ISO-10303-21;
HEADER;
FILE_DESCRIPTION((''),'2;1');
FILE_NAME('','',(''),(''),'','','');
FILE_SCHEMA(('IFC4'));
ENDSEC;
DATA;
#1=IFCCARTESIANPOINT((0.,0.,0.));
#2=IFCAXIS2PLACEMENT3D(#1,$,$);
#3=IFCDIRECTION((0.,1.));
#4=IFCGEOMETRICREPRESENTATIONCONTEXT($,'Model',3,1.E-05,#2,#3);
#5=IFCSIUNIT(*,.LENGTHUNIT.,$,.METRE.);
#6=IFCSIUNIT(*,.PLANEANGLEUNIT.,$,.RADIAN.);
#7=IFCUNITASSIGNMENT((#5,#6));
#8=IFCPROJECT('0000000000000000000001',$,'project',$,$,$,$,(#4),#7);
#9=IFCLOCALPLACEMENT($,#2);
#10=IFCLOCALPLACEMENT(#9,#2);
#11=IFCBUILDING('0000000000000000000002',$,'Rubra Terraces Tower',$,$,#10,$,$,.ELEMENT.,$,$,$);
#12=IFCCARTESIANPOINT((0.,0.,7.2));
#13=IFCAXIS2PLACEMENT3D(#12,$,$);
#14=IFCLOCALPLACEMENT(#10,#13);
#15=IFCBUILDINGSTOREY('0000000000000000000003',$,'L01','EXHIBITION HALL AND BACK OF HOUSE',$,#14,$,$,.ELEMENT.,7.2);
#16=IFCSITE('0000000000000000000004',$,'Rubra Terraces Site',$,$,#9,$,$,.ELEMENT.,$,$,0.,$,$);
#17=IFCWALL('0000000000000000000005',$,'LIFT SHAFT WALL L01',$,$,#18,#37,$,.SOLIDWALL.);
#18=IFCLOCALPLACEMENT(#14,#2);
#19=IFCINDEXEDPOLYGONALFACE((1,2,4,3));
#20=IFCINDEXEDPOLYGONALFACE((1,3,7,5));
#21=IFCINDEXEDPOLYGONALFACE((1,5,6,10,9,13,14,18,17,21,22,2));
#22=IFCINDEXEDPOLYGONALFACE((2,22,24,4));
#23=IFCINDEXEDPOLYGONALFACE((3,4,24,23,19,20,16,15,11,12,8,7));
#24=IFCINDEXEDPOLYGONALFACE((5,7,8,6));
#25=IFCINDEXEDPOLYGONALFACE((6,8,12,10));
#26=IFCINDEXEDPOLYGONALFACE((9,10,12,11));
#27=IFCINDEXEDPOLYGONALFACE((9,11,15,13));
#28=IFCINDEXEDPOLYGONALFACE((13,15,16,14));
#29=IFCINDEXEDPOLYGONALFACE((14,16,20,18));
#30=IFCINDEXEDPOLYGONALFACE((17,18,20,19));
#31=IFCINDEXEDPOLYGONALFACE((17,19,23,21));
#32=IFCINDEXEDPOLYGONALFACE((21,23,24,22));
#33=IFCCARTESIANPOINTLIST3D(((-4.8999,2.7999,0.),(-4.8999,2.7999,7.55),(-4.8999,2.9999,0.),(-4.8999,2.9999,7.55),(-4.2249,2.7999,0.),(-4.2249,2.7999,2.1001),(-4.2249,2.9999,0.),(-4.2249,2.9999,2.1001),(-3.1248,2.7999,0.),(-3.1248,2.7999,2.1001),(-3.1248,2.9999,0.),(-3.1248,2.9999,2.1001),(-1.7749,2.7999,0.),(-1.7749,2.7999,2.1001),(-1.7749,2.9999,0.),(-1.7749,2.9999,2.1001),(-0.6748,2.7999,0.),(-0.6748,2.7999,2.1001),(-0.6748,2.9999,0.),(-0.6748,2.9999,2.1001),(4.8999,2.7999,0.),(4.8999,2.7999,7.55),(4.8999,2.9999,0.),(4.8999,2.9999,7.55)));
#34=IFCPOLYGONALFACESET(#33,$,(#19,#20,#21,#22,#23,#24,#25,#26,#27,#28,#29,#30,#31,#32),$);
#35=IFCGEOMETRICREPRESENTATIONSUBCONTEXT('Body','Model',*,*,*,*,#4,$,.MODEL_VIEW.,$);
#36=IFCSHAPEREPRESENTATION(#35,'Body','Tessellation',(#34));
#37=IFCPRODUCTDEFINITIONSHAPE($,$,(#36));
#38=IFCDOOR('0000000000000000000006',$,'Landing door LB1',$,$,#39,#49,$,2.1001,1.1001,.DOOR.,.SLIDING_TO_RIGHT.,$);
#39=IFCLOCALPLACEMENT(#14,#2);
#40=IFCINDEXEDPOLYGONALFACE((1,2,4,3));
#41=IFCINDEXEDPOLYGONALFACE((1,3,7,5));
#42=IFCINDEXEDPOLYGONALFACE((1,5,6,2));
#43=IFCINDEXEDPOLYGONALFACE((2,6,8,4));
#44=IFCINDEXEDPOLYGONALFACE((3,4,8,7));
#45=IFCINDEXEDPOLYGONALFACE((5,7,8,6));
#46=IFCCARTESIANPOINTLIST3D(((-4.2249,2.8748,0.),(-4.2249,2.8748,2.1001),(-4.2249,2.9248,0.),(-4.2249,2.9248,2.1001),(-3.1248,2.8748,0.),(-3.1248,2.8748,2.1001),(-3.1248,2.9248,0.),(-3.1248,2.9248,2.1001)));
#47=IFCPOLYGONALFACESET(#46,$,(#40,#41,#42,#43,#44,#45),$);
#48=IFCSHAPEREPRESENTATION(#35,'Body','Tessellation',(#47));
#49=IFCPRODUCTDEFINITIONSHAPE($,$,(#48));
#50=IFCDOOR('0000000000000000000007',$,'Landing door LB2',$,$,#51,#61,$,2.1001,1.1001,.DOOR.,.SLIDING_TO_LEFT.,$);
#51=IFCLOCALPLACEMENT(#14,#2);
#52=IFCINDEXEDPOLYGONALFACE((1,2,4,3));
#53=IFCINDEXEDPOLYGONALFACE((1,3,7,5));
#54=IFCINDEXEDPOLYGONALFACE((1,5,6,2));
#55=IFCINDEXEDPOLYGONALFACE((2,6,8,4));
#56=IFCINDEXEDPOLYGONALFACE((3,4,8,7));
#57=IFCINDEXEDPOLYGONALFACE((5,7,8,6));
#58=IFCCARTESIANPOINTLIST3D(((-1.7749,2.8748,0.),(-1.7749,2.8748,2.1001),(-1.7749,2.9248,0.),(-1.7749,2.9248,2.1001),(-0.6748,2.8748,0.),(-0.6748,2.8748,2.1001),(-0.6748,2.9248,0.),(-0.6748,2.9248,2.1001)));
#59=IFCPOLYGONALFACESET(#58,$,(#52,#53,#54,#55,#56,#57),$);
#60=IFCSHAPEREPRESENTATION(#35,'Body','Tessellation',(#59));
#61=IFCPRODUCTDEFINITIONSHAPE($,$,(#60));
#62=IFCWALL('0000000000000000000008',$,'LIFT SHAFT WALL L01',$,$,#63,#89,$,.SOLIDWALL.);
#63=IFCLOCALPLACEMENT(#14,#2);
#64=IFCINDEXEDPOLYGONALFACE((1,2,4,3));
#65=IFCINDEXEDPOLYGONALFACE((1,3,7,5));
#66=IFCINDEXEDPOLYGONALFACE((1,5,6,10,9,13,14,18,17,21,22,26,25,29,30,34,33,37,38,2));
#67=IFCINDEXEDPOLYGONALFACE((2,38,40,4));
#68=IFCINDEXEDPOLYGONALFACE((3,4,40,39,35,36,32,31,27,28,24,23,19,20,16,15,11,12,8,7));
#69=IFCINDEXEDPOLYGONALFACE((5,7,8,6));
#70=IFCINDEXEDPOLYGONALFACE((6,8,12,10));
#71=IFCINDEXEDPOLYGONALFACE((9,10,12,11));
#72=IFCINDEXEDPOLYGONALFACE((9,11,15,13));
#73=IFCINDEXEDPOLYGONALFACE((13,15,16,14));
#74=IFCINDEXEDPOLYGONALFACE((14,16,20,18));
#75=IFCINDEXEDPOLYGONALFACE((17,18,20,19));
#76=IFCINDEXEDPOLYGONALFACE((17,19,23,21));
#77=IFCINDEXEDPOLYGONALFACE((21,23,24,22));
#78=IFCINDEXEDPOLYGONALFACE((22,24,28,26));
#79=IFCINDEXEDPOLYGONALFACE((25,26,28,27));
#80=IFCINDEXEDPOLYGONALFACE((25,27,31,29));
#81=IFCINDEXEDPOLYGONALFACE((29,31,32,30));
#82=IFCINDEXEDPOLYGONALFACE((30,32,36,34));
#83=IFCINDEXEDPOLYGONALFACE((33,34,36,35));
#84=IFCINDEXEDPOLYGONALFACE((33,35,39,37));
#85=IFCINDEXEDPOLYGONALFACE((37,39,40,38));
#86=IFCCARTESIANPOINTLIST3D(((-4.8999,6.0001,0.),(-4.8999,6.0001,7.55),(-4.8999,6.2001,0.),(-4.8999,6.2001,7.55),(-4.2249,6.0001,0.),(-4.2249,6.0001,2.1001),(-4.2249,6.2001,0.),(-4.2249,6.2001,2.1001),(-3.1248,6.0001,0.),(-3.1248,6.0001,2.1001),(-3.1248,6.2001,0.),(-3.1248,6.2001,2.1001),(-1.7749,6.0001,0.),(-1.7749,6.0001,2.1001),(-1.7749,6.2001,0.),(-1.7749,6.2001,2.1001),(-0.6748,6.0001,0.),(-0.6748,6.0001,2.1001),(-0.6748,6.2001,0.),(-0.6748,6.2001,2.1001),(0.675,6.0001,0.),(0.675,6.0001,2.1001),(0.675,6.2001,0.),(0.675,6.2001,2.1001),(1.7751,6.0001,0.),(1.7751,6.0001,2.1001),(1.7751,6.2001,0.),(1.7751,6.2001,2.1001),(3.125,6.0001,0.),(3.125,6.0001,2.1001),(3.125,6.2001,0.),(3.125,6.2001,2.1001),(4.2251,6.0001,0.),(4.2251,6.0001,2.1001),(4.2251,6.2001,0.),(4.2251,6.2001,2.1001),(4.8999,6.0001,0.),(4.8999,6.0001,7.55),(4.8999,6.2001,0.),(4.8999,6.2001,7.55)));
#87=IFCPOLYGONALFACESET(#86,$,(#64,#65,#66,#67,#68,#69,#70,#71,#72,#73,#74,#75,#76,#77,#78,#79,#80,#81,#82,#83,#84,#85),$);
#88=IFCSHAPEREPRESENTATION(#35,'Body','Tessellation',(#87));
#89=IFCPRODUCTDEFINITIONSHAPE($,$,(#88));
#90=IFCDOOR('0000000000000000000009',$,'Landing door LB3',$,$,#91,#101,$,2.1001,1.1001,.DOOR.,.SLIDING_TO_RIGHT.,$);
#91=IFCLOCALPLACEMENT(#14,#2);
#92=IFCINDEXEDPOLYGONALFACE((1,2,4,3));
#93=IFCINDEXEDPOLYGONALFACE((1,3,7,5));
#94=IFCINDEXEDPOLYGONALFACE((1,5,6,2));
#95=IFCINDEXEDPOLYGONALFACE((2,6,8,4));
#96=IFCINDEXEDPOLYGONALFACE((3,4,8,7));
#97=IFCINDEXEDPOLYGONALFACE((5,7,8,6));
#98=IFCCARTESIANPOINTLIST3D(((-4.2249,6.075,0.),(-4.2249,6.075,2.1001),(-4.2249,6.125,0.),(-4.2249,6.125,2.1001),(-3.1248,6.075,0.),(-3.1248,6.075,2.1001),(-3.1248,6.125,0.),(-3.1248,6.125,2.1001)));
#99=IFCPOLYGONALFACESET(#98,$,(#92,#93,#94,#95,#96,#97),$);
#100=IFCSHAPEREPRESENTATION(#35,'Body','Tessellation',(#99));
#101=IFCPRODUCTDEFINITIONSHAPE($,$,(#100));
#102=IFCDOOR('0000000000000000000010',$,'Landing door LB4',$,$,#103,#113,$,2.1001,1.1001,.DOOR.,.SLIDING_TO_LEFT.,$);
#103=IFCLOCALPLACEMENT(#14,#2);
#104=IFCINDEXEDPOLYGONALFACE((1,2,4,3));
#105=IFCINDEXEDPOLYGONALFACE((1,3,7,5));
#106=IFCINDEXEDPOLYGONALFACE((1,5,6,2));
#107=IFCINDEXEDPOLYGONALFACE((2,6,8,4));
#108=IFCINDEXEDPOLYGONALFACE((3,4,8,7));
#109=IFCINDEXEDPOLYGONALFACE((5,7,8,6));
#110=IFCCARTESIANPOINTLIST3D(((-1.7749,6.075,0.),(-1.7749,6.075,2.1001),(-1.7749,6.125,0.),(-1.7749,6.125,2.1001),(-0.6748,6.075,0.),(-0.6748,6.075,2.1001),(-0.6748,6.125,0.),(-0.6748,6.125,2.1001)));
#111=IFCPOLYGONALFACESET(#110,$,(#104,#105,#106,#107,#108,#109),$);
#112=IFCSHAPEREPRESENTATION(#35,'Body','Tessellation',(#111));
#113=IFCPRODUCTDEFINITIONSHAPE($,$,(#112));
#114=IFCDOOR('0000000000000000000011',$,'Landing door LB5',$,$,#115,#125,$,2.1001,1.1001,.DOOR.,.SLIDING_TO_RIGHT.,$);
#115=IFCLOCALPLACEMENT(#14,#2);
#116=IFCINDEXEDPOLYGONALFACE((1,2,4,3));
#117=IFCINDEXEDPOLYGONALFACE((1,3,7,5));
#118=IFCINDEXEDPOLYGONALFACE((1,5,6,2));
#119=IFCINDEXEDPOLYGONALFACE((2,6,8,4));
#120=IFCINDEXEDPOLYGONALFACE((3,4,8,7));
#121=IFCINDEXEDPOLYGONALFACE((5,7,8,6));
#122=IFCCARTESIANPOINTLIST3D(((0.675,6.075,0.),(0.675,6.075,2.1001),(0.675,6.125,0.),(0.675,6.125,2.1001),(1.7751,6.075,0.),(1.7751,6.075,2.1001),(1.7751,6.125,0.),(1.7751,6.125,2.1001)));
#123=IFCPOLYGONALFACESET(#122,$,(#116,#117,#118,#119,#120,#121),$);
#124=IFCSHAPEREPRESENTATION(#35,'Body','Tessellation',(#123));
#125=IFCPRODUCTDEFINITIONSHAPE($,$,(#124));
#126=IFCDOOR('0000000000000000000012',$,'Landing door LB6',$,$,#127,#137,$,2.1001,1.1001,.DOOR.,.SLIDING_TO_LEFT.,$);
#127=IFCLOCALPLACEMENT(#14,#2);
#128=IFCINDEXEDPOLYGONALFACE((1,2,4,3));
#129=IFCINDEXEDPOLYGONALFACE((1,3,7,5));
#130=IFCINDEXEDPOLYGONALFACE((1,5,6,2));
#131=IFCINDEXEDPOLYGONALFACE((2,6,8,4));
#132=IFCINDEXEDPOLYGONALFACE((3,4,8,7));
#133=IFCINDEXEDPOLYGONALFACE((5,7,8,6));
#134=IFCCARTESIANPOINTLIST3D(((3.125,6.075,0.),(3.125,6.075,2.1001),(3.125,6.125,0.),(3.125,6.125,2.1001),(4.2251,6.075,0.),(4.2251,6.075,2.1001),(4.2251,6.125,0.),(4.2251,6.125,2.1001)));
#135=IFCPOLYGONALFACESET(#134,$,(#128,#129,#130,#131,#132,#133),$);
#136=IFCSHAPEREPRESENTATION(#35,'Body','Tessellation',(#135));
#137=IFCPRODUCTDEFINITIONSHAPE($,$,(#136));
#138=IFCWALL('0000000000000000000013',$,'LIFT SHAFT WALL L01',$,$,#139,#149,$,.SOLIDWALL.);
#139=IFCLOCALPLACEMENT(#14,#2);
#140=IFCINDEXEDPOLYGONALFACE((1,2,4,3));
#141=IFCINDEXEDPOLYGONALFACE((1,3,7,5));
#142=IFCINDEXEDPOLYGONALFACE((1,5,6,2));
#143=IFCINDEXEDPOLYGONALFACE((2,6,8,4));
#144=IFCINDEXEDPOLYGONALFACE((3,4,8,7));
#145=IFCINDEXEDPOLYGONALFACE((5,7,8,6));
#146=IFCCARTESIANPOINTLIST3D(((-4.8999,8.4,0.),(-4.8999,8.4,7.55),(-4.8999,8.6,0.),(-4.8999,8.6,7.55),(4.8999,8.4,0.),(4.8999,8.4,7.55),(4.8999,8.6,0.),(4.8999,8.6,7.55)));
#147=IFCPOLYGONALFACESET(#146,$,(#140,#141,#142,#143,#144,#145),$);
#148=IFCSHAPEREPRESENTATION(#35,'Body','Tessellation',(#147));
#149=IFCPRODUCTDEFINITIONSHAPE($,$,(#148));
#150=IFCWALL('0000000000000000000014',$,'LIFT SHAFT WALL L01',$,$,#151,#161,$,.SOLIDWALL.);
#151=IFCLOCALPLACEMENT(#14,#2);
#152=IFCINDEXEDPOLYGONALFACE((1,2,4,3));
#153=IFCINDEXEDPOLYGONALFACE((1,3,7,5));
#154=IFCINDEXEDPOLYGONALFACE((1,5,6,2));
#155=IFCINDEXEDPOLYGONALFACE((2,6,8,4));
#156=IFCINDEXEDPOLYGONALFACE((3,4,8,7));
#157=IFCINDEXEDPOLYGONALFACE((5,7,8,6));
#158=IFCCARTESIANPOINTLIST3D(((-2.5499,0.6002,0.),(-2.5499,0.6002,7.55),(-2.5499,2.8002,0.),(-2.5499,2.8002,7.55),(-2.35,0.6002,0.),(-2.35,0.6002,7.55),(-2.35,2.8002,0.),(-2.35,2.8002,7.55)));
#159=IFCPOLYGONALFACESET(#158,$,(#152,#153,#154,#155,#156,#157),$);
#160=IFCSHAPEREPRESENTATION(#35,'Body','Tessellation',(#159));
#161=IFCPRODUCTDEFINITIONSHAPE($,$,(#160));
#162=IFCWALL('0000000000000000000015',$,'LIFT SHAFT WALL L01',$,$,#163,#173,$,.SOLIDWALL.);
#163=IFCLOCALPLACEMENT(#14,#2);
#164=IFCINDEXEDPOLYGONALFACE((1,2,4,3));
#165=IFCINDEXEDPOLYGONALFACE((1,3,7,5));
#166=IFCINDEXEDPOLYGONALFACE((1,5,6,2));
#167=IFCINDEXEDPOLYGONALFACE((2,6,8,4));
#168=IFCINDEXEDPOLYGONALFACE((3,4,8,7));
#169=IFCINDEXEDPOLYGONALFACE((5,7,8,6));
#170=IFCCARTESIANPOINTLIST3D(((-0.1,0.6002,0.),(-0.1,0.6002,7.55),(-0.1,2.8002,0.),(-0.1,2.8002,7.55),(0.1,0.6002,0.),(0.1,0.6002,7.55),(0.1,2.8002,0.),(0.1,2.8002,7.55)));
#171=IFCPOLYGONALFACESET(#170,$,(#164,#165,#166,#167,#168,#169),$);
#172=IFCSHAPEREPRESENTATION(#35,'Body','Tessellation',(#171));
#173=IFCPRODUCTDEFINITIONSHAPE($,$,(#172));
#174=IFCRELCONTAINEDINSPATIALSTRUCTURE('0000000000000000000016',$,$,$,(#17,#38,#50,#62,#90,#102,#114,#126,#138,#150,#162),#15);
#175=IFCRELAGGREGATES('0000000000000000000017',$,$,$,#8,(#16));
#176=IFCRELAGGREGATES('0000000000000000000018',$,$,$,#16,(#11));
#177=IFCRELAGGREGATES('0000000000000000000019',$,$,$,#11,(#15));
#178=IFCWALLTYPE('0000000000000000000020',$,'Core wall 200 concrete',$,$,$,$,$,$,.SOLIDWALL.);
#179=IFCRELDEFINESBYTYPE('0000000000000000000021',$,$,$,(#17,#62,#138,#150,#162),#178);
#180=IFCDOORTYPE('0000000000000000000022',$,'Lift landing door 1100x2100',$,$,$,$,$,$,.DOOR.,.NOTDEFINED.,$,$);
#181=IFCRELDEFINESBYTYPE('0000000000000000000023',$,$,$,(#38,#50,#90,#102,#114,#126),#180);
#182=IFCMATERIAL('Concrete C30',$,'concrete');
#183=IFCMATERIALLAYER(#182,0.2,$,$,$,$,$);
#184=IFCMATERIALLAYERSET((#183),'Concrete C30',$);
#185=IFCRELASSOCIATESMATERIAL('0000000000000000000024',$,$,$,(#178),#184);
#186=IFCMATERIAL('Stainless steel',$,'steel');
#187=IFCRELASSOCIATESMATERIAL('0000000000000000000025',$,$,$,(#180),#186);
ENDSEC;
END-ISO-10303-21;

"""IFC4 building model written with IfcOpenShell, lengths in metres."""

from ifc_helpers import new_model, si_unit, direction, frame, frame_2d, origin, place, context, subcontext, project, spatial, rectangle, extrude, material, layer, layer_set, type_object, element, fill, save


model = new_model("IFC4")

# Units and contexts
model_context = context("Model", 3, precision=1e-05, world=origin(), true_north=direction((0.0, 1.0)))
body_context = subcontext(model_context, "Body", "Model", "MODEL_VIEW")
ifc_project = project(units=[si_unit("LENGTHUNIT", "METRE"), si_unit("PLANEANGLEUNIT", "RADIAN")], contexts=[model_context])

# Site, building, storey
site_placement = place(None, origin())
site = spatial("IfcSite", under=ifc_project, at=site_placement, Name="Rubra Terraces Site", CompositionType="ELEMENT", RefElevation=0.0)
building_placement = place(site_placement, origin())
building = spatial("IfcBuilding", under=site, at=building_placement, Name="Rubra Terraces Tower", CompositionType="ELEMENT")
storey_placement = place(building_placement, frame((0.0, 0.0, 7.2)))
storey = spatial("IfcBuildingStorey", under=building, at=storey_placement, Name="L01", Description="EXHIBITION HALL AND BACK OF HOUSE", CompositionType="ELEMENT", Elevation=7.2)

# Shared definitions
ifc_material_1 = material(Name="Concrete C30", Category="concrete")
ifc_layer_1 = layer(ifc_material_1, 0.2)
ifc_layer_set_1 = layer_set([ifc_layer_1], Name="Concrete C30")
wall_type_1 = type_object("IfcWallType", Name="Core wall 200 concrete", PredefinedType="SOLIDWALL", material=ifc_layer_set_1)

# Walls, openings, doors
wall_1_placement = place(storey_placement, frame((-4.8999, 2.8999, 0.0), z_axis=(0.0, 0.0, 1.0), x_axis=(1.0, 0.0, 0.0)))
wall_1 = element("IfcWall", 1, at=wall_1_placement, inside=storey, type_object=wall_type_1, Name="LIFT SHAFT WALL L01", PredefinedType="SOLIDWALL", context=body_context, shape_type="SweptSolid", body=[
    extrude(rectangle(XDim=9.7998, YDim=0.2, at=frame_2d((4.8999, 0.0))), origin(), (0.0, 0.0, 1.0), 7.55),
])
opening_1_placement = place(wall_1_placement, frame((0.675, 0.0, 0.0)))
opening_1 = element("IfcOpeningElement", 2, at=opening_1_placement, cuts=wall_1, PredefinedType="OPENING", context=body_context, shape_type="SweptSolid", body=[
    extrude(rectangle(XDim=1.1001, YDim=2.1001, at=frame_2d((0.55, 1.05))), frame((0.0, 0.1099, 0.0), z_axis=(0.0, -1.0, 0.0), x_axis=(1.0, 0.0, 0.0)), (0.0, 0.0, 1.0), 0.22),
])
opening_2_placement = place(wall_1_placement, frame((3.125, 0.0, 0.0)))
opening_2 = element("IfcOpeningElement", 3, at=opening_2_placement, cuts=wall_1, PredefinedType="OPENING", context=body_context, shape_type="SweptSolid", body=[
    extrude(rectangle(XDim=1.1001, YDim=2.1001, at=frame_2d((0.55, 1.05))), frame((0.0, 0.1099, 0.0), z_axis=(0.0, -1.0, 0.0), x_axis=(1.0, 0.0, 0.0)), (0.0, 0.0, 1.0), 0.22),
])
ifc_material_2 = material(Name="Stainless steel", Category="steel")
door_type = type_object("IfcDoorType", Name="Lift landing door 1100x2100", OperationType="NOTDEFINED", PredefinedType="DOOR", material=ifc_material_2)
door_1_placement = place(opening_1_placement, origin())
door_1 = element("IfcDoor", 4, at=door_1_placement, inside=storey, type_object=door_type, Name="Landing door LB1", OperationType="SLIDING_TO_RIGHT", OverallHeight=2.1001, OverallWidth=1.1001, PredefinedType="DOOR", context=body_context, shape_type="SweptSolid", body=[
    extrude(rectangle(XDim=1.1001, YDim=2.1001, at=frame_2d((0.55, 1.05))), frame((0.0, 0.0249, 0.0), z_axis=(0.0, -1.0, 0.0), x_axis=(1.0, 0.0, 0.0)), (0.0, 0.0, 1.0), 0.05),
])
fill(opening_1, door_1)
door_2_placement = place(opening_2_placement, origin())
door_2 = element("IfcDoor", 5, at=door_2_placement, inside=storey, type_object=door_type, Name="Landing door LB2", OperationType="SLIDING_TO_LEFT", OverallHeight=2.1001, OverallWidth=1.1001, PredefinedType="DOOR", context=body_context, shape_type="SweptSolid", body=[
    extrude(rectangle(XDim=1.1001, YDim=2.1001, at=frame_2d((0.55, 1.05))), frame((0.0, 0.0249, 0.0), z_axis=(0.0, -1.0, 0.0), x_axis=(1.0, 0.0, 0.0)), (0.0, 0.0, 1.0), 0.05),
])
fill(opening_2, door_2)
wall_2_placement = place(storey_placement, frame((-4.8999, 6.1001, 0.0), z_axis=(0.0, 0.0, 1.0), x_axis=(1.0, 0.0, 0.0)))
wall_2 = element("IfcWall", 6, at=wall_2_placement, inside=storey, type_object=wall_type_1, Name="LIFT SHAFT WALL L01", PredefinedType="SOLIDWALL", context=body_context, shape_type="SweptSolid", body=[
    extrude(rectangle(XDim=9.7998, YDim=0.2, at=frame_2d((4.8999, 0.0))), origin(), (0.0, 0.0, 1.0), 7.55),
])
opening_3_placement = place(wall_2_placement, frame((0.675, 0.0, 0.0)))
opening_3 = element("IfcOpeningElement", 7, at=opening_3_placement, cuts=wall_2, PredefinedType="OPENING", context=body_context, shape_type="SweptSolid", body=[
    extrude(rectangle(XDim=1.1001, YDim=2.1001, at=frame_2d((0.55, 1.05))), frame((0.0, 0.1099, 0.0), z_axis=(0.0, -1.0, 0.0), x_axis=(1.0, 0.0, 0.0)), (0.0, 0.0, 1.0), 0.22),
])
opening_4_placement = place(wall_2_placement, frame((3.125, 0.0, 0.0)))
opening_4 = element("IfcOpeningElement", 8, at=opening_4_placement, cuts=wall_2, PredefinedType="OPENING", context=body_context, shape_type="SweptSolid", body=[
    extrude(rectangle(XDim=1.1001, YDim=2.1001, at=frame_2d((0.55, 1.05))), frame((0.0, 0.1099, 0.0), z_axis=(0.0, -1.0, 0.0), x_axis=(1.0, 0.0, 0.0)), (0.0, 0.0, 1.0), 0.22),
])
opening_5_placement = place(wall_2_placement, frame((5.575, 0.0, 0.0)))
opening_5 = element("IfcOpeningElement", 9, at=opening_5_placement, cuts=wall_2, PredefinedType="OPENING", context=body_context, shape_type="SweptSolid", body=[
    extrude(rectangle(XDim=1.1001, YDim=2.1001, at=frame_2d((0.55, 1.05))), frame((0.0, 0.1099, 0.0), z_axis=(0.0, -1.0, 0.0), x_axis=(1.0, 0.0, 0.0)), (0.0, 0.0, 1.0), 0.22),
])
opening_6_placement = place(wall_2_placement, frame((8.0249, 0.0, 0.0)))
opening_6 = element("IfcOpeningElement", 10, at=opening_6_placement, cuts=wall_2, PredefinedType="OPENING", context=body_context, shape_type="SweptSolid", body=[
    extrude(rectangle(XDim=1.1001, YDim=2.1001, at=frame_2d((0.55, 1.05))), frame((0.0, 0.1099, 0.0), z_axis=(0.0, -1.0, 0.0), x_axis=(1.0, 0.0, 0.0)), (0.0, 0.0, 1.0), 0.22),
])
door_3_placement = place(opening_3_placement, origin())
door_3 = element("IfcDoor", 11, at=door_3_placement, inside=storey, type_object=door_type, Name="Landing door LB3", OperationType="SLIDING_TO_RIGHT", OverallHeight=2.1001, OverallWidth=1.1001, PredefinedType="DOOR", context=body_context, shape_type="SweptSolid", body=[
    extrude(rectangle(XDim=1.1001, YDim=2.1001, at=frame_2d((0.55, 1.05))), frame((0.0, 0.0249, 0.0), z_axis=(0.0, -1.0, 0.0), x_axis=(1.0, 0.0, 0.0)), (0.0, 0.0, 1.0), 0.05),
])
fill(opening_3, door_3)
door_4_placement = place(opening_4_placement, origin())
door_4 = element("IfcDoor", 12, at=door_4_placement, inside=storey, type_object=door_type, Name="Landing door LB4", OperationType="SLIDING_TO_LEFT", OverallHeight=2.1001, OverallWidth=1.1001, PredefinedType="DOOR", context=body_context, shape_type="SweptSolid", body=[
    extrude(rectangle(XDim=1.1001, YDim=2.1001, at=frame_2d((0.55, 1.05))), frame((0.0, 0.0249, 0.0), z_axis=(0.0, -1.0, 0.0), x_axis=(1.0, 0.0, 0.0)), (0.0, 0.0, 1.0), 0.05),
])
fill(opening_4, door_4)
door_5_placement = place(opening_5_placement, origin())
door_5 = element("IfcDoor", 13, at=door_5_placement, inside=storey, type_object=door_type, Name="Landing door LB5", OperationType="SLIDING_TO_RIGHT", OverallHeight=2.1001, OverallWidth=1.1001, PredefinedType="DOOR", context=body_context, shape_type="SweptSolid", body=[
    extrude(rectangle(XDim=1.1001, YDim=2.1001, at=frame_2d((0.55, 1.05))), frame((0.0, 0.0249, 0.0), z_axis=(0.0, -1.0, 0.0), x_axis=(1.0, 0.0, 0.0)), (0.0, 0.0, 1.0), 0.05),
])
fill(opening_5, door_5)
door_6_placement = place(opening_6_placement, origin())
door_6 = element("IfcDoor", 14, at=door_6_placement, inside=storey, type_object=door_type, Name="Landing door LB6", OperationType="SLIDING_TO_LEFT", OverallHeight=2.1001, OverallWidth=1.1001, PredefinedType="DOOR", context=body_context, shape_type="SweptSolid", body=[
    extrude(rectangle(XDim=1.1001, YDim=2.1001, at=frame_2d((0.55, 1.05))), frame((0.0, 0.0249, 0.0), z_axis=(0.0, -1.0, 0.0), x_axis=(1.0, 0.0, 0.0)), (0.0, 0.0, 1.0), 0.05),
])
fill(opening_6, door_6)

# Walls
wall_3_placement = place(storey_placement, frame((-4.8999, 8.5, 0.0), z_axis=(0.0, 0.0, 1.0), x_axis=(1.0, 0.0, 0.0)))
element("IfcWall", 15, at=wall_3_placement, inside=storey, type_object=wall_type_1, Name="LIFT SHAFT WALL L01", PredefinedType="SOLIDWALL", context=body_context, shape_type="SweptSolid", body=[
    extrude(rectangle(XDim=9.7998, YDim=0.2, at=frame_2d((4.8999, 0.0))), origin(), (0.0, 0.0, 1.0), 7.55),
])
for number, where, z_axis, x_axis, name in (
    (16, (-2.45, 0.6001, 0.0), (0.0, 0.0, 1.0), (0.0, 1.0, 0.0), "LIFT SHAFT WALL L01"),
    (17, (0.0, 0.6001, 0.0), (0.0, 0.0, 1.0), (0.0, 1.0, 0.0), "LIFT SHAFT WALL L01"),
):
    element("IfcWall", number, at=place(storey_placement, frame(where, z_axis=z_axis, x_axis=x_axis)), inside=storey, type_object=wall_type_1, Name=name, PredefinedType="SOLIDWALL", context=body_context, shape_type="SweptSolid", body=[
        extrude(rectangle(XDim=2.2, YDim=0.2, at=frame_2d((1.1001, 0.0))), origin(), (0.0, 0.0, 1.0), 7.55),
    ])

save(model, "model.ifc")
